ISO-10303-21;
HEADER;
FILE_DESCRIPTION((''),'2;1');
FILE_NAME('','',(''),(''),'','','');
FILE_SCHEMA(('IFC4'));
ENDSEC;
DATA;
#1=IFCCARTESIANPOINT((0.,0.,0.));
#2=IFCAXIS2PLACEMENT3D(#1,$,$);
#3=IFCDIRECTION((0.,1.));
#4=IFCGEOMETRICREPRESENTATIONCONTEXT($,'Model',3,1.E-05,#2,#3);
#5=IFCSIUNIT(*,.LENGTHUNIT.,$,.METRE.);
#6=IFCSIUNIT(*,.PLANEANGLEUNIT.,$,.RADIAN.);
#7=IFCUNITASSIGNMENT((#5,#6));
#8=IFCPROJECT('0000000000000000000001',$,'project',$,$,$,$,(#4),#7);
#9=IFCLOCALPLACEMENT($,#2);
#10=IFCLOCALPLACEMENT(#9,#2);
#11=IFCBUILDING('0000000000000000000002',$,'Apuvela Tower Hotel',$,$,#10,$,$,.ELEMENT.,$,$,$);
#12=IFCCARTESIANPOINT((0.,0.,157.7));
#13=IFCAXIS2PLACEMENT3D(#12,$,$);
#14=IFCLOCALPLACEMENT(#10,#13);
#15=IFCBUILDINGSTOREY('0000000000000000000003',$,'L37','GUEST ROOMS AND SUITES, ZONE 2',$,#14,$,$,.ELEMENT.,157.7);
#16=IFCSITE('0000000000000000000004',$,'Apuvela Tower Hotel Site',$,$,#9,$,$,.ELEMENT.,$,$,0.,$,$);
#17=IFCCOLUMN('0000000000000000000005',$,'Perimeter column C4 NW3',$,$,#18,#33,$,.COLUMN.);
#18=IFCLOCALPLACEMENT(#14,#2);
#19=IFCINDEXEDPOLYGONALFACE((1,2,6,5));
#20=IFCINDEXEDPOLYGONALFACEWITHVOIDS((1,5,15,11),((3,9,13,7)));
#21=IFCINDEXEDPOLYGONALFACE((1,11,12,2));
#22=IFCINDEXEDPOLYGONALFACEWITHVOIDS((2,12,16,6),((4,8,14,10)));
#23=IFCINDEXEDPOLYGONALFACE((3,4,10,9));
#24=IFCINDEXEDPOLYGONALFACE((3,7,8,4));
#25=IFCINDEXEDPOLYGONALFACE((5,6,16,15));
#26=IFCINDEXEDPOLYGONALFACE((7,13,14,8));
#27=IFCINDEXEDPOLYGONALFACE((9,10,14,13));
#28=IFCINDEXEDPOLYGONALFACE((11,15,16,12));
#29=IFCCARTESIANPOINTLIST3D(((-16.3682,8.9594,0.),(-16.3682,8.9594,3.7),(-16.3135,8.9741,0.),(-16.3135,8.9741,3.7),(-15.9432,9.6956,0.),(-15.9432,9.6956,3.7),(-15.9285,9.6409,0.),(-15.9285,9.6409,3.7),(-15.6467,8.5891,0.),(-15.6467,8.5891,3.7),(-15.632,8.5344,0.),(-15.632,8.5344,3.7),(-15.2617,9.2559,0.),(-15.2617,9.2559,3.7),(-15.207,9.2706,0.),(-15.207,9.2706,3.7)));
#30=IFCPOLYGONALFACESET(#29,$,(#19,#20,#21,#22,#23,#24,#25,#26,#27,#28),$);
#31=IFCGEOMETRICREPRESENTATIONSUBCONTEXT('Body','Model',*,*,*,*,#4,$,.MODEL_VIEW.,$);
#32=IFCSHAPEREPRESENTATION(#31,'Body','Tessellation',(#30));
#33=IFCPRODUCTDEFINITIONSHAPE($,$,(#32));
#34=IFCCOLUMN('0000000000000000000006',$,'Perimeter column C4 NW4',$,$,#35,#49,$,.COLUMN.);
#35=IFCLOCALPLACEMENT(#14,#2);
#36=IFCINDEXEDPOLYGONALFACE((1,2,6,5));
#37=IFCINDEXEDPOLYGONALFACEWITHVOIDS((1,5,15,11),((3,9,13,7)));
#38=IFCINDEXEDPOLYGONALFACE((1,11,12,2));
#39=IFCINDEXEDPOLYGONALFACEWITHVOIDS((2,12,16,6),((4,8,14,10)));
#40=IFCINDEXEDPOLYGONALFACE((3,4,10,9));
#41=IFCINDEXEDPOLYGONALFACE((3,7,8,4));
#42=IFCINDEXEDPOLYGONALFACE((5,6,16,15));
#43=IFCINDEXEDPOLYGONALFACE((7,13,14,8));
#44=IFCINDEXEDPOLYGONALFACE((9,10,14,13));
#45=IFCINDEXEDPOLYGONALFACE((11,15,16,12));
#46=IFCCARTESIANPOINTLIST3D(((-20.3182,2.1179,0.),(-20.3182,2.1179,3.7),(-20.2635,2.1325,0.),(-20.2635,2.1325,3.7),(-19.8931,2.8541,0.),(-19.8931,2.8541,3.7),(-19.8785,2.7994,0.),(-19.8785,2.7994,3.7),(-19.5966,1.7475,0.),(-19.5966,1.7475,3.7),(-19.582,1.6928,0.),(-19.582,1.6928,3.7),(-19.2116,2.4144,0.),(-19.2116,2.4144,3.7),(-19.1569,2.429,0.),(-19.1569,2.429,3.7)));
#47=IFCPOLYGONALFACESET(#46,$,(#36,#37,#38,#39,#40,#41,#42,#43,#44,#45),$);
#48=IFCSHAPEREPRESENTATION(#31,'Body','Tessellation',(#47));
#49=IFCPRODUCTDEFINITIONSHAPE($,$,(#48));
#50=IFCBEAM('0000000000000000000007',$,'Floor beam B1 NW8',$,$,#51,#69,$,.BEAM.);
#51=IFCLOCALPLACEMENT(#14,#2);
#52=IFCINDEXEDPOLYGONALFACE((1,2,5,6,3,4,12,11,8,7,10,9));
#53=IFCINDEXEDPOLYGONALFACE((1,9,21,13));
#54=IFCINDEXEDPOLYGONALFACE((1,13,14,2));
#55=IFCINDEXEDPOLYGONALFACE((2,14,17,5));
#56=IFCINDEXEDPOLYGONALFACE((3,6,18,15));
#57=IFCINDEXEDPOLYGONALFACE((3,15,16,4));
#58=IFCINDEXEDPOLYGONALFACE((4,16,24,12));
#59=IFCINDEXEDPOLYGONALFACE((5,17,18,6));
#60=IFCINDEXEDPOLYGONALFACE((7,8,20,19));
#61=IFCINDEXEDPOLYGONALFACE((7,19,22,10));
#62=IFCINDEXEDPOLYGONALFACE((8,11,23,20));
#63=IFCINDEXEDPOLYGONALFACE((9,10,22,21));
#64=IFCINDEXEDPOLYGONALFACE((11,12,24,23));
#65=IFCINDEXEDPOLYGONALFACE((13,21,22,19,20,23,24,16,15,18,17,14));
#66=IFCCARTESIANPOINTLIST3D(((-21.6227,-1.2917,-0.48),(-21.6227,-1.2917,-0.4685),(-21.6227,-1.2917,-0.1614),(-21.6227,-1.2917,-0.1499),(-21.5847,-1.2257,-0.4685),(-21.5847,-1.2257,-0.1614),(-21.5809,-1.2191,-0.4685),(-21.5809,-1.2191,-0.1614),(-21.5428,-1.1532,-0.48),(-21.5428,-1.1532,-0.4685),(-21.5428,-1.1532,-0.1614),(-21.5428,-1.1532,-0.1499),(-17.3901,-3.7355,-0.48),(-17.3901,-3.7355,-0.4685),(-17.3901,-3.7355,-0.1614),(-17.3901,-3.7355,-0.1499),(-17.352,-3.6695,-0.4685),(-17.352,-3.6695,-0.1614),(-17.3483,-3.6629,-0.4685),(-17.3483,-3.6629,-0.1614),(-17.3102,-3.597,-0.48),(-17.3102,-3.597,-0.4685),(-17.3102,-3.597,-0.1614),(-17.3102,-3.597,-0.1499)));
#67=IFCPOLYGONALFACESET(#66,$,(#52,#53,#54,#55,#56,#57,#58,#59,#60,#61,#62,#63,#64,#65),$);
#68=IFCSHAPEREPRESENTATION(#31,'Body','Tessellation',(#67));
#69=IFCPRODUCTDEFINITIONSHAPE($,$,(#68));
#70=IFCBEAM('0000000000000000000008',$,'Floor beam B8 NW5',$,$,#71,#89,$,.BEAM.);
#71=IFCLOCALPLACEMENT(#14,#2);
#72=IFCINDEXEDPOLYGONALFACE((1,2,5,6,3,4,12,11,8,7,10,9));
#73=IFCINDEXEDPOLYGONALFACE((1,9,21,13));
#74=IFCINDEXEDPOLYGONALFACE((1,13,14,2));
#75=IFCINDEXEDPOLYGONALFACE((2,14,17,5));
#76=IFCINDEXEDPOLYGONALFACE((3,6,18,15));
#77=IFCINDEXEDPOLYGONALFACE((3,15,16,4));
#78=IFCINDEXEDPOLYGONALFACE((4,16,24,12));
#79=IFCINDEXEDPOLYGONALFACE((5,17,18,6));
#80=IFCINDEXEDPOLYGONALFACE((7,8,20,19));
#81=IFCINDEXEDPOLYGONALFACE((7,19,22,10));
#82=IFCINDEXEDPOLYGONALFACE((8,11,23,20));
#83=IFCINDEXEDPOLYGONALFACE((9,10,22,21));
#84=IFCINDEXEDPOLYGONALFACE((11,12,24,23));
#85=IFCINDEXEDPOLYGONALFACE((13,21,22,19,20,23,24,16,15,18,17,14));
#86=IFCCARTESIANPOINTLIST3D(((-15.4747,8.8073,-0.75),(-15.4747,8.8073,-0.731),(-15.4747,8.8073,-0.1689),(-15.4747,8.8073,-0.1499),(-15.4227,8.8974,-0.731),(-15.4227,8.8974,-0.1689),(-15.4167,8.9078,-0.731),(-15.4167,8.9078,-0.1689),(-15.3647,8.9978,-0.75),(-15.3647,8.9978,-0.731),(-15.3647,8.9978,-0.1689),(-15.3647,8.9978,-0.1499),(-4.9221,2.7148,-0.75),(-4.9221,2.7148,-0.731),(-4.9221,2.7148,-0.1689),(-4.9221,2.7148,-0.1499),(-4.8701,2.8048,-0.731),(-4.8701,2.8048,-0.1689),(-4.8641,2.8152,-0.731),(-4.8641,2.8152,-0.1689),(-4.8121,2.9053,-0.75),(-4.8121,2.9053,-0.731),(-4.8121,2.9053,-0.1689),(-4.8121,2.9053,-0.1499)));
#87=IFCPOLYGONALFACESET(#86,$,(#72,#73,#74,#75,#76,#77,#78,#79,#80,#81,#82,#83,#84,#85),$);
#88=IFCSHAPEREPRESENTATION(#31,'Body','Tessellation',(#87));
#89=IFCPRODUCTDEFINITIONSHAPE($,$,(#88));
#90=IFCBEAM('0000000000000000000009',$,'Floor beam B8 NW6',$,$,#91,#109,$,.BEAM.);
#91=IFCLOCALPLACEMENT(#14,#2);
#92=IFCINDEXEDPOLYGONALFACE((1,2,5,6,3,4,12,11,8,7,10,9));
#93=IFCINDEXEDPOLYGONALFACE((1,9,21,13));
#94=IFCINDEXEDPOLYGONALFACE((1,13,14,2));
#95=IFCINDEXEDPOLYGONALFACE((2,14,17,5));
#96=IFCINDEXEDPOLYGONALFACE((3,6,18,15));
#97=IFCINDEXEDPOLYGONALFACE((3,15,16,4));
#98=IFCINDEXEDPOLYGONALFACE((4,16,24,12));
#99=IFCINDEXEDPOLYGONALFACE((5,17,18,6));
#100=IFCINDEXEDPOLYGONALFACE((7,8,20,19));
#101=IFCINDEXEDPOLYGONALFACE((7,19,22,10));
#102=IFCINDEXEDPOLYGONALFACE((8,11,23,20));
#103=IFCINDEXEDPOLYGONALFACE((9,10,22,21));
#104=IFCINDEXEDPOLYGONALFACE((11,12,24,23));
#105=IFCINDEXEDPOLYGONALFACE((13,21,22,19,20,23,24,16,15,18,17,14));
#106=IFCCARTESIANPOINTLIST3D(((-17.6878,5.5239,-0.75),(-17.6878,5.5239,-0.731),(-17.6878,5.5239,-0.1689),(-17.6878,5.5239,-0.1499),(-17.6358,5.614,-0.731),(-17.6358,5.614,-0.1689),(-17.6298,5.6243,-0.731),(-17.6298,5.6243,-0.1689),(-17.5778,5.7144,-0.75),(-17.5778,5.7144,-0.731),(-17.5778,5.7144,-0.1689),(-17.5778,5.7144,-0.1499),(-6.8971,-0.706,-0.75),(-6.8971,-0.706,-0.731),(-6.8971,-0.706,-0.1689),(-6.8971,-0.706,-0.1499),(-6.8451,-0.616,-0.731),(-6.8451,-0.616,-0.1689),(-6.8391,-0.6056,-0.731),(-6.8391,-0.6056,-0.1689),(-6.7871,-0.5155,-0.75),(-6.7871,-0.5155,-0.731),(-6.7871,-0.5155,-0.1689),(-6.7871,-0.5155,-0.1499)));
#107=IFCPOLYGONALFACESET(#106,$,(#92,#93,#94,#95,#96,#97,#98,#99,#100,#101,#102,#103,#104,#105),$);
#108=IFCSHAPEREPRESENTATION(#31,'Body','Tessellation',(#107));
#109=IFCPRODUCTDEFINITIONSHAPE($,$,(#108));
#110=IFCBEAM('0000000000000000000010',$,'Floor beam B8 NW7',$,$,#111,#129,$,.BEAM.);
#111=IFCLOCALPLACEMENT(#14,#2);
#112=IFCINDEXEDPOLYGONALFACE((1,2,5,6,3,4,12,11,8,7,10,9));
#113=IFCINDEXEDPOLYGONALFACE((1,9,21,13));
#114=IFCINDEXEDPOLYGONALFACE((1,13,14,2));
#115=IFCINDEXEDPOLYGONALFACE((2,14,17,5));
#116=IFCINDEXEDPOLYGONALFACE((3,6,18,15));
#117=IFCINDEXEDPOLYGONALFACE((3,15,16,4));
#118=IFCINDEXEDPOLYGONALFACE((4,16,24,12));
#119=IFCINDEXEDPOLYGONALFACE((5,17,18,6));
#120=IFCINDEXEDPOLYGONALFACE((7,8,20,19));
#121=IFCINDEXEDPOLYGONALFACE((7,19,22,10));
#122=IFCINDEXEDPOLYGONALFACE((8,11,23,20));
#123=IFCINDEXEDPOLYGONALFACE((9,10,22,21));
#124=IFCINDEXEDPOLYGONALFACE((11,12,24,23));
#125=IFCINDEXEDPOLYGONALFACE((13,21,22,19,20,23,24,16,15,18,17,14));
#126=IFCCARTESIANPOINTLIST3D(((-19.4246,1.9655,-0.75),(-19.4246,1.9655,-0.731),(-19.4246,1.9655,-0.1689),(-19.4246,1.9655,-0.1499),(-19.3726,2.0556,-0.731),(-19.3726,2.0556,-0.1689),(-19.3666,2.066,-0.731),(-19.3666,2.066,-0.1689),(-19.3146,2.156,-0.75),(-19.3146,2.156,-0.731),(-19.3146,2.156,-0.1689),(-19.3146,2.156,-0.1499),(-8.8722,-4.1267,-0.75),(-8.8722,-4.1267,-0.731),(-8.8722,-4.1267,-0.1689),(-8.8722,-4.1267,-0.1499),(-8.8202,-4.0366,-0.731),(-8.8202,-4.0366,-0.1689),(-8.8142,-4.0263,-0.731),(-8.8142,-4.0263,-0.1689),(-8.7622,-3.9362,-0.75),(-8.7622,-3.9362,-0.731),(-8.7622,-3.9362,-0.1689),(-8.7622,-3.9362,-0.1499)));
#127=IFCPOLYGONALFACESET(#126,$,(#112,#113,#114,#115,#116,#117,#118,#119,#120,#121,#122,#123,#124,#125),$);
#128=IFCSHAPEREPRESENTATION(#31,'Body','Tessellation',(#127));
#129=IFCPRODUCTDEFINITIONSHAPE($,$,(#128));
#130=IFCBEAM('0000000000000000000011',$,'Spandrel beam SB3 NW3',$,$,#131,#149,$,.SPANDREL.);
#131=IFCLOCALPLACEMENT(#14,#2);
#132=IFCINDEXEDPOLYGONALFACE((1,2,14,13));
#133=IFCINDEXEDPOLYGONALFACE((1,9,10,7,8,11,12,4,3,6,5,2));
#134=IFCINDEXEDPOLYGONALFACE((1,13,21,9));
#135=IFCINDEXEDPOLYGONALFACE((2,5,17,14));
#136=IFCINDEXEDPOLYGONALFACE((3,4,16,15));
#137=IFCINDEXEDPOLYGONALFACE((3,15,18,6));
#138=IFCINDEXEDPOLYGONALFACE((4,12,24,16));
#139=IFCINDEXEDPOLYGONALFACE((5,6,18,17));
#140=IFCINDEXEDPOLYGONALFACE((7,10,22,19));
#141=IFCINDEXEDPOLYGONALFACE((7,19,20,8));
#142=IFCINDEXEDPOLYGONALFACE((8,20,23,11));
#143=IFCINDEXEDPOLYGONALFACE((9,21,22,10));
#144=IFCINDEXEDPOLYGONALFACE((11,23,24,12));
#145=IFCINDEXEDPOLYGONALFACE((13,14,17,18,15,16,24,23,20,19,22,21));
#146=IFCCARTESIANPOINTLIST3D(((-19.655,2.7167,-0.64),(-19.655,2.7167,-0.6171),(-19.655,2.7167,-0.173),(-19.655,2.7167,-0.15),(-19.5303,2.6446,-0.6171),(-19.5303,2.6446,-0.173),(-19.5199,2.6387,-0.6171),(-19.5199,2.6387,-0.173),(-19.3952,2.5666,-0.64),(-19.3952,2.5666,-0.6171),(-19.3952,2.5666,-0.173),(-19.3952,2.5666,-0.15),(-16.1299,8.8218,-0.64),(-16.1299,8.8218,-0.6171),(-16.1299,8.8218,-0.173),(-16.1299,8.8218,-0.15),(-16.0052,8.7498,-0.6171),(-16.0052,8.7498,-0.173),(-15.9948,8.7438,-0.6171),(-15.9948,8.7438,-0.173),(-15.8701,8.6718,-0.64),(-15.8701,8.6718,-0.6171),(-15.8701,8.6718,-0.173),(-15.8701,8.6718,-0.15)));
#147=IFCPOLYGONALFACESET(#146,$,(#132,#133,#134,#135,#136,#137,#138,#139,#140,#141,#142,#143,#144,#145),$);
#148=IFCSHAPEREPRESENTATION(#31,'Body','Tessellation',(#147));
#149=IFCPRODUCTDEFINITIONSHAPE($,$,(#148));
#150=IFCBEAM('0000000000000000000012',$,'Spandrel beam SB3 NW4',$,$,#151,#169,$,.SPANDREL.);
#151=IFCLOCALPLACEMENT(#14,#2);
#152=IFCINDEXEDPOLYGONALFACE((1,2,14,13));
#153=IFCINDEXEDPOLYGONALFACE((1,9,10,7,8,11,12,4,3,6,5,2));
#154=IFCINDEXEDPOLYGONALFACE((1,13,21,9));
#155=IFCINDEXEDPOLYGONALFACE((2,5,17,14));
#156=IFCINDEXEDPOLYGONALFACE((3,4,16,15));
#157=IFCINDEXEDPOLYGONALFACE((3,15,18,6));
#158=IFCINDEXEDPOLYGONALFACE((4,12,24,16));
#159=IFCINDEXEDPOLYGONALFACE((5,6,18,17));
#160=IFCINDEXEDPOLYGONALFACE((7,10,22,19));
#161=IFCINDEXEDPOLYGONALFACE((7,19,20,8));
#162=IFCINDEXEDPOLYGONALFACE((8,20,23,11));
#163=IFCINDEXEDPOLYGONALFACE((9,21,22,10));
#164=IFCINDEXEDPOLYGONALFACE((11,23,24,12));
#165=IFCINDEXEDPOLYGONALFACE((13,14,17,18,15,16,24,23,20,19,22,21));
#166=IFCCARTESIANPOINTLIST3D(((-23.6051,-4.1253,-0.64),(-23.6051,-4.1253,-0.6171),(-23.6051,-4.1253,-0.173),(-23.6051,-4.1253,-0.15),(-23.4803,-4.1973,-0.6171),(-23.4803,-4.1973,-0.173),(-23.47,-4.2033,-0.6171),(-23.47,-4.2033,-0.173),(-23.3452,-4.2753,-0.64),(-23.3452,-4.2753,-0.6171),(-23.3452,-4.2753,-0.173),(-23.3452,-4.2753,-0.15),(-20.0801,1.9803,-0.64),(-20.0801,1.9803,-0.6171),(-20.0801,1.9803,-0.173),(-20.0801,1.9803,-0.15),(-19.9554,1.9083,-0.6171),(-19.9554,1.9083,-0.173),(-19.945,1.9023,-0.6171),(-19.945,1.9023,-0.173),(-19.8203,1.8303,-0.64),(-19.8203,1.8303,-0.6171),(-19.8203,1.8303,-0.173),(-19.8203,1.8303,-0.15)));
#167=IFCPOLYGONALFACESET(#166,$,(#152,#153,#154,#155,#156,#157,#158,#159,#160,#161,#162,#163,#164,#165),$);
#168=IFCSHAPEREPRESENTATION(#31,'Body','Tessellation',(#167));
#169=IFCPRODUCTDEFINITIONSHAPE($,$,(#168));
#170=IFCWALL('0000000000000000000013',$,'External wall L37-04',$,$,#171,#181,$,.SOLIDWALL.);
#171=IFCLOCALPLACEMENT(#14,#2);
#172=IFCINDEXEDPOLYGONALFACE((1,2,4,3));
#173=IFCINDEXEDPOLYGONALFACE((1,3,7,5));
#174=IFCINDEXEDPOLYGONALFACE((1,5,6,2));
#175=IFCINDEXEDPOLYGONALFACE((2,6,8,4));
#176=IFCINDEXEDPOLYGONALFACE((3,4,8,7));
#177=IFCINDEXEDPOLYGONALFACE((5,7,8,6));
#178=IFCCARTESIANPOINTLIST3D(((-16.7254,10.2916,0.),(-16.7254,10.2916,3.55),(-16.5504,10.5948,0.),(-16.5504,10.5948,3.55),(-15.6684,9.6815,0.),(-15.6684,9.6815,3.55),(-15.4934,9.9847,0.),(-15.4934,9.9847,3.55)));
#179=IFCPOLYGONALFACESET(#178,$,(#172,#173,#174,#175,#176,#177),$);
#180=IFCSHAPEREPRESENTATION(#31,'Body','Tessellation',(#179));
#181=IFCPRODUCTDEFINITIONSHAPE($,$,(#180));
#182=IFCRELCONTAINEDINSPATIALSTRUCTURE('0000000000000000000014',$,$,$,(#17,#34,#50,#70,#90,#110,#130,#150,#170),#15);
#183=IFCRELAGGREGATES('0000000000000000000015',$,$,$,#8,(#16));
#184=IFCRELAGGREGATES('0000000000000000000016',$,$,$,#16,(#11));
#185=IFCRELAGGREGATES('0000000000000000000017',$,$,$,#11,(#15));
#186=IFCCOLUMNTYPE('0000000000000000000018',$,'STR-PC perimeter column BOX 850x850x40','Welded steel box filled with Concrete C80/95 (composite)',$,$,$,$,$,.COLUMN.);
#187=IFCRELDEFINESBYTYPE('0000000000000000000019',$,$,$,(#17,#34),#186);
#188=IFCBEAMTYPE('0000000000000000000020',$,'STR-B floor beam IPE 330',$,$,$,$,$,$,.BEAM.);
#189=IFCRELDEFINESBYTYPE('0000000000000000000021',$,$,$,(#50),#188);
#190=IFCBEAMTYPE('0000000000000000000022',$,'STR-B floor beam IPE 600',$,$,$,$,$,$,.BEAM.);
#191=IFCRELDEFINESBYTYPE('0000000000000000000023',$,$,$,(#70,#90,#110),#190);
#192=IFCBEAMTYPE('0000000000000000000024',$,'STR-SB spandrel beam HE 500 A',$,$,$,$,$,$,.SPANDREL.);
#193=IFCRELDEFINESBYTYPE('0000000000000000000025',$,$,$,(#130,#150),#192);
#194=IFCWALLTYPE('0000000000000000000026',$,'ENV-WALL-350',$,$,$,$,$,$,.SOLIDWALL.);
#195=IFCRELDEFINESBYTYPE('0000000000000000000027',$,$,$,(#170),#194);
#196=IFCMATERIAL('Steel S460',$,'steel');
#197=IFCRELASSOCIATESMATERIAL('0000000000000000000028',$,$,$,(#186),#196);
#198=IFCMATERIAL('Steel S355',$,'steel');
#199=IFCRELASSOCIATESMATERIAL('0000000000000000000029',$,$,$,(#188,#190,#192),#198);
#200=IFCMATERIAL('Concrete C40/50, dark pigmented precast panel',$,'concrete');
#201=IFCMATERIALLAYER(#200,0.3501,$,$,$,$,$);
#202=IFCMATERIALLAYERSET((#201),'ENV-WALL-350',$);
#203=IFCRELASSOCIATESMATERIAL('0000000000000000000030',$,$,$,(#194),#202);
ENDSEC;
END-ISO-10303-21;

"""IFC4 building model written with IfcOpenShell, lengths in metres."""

from ifc_helpers import new_model, si_unit, direction, frame, frame_2d, origin, origin_2d, place, context, subcontext, project, spatial, rectangle, hollow_rectangle, i_section, extrude, material, layer, layer_set, material_profile, profile_set, type_object, element, save


model = new_model("IFC4")

# Units and contexts
model_context = context("Model", 3, precision=1e-05, world=origin(), true_north=direction((0.0, 1.0)))
body_context = subcontext(model_context, "Body", "Model", "MODEL_VIEW")
ifc_project = project(units=[si_unit("LENGTHUNIT", "METRE"), si_unit("PLANEANGLEUNIT", "RADIAN")], contexts=[model_context])

# Site, building, storey
site_placement = place(None, origin())
site = spatial("IfcSite", under=ifc_project, at=site_placement, Name="Apuvela Tower Hotel Site", CompositionType="ELEMENT", RefElevation=0.0)
building_placement = place(site_placement, origin())
building = spatial("IfcBuilding", under=site, at=building_placement, Name="Apuvela Tower Hotel", CompositionType="ELEMENT")
storey_placement = place(building_placement, frame((0.0, 0.0, 157.7)))
storey = spatial("IfcBuildingStorey", under=building, at=storey_placement, Name="L37", Description="GUEST ROOMS AND SUITES, ZONE 2", CompositionType="ELEMENT", Elevation=157.7)

# Columns
ifc_material_1 = material(Name="Steel S460", Category="steel")
ifc_material_profile_1 = material_profile(ifc_material_1, hollow_rectangle(XDim=0.8501, YDim=0.8501, WallThickness=0.04, at=origin_2d()), Name="BOX 850x850x40")
ifc_material_2 = material(Name="Concrete C80/95", Category="concrete")
ifc_material_profile_2 = material_profile(ifc_material_2, rectangle(XDim=0.77, YDim=0.77, at=origin_2d()), Name="Concrete C80/95 infill")
ifc_profile_set_1 = profile_set([ifc_material_profile_1, ifc_material_profile_2], Name="Steel S460")
column_type = type_object("IfcColumnType", Name="STR-PC perimeter column BOX 850x850x40", Description="Welded steel box filled with Concrete C80/95 (composite)", PredefinedType="COLUMN", material=ifc_profile_set_1)
for number, where, z_axis, x_axis, name in (
    (1, (-15.7876, 9.115, 0.0), (0.0, 0.0, 1.0), (0.5, 0.866025, 0.0), "Perimeter column C4 NW3"),
    (2, (-19.7375, 2.2734, 0.0), (0.0, 0.0, 1.0), (0.5, 0.866025, 0.0), "Perimeter column C4 NW4"),
):
    element("IfcColumn", number, at=place(storey_placement, frame(where, z_axis=z_axis, x_axis=x_axis)), inside=storey, type_object=column_type, Name=name, PredefinedType="COLUMN", context=body_context, shape_type="SweptSolid", body=[
        extrude(hollow_rectangle(XDim=0.8501, YDim=0.8501, WallThickness=0.04, at=origin_2d()), origin(), (0.0, 0.0, 1.0), 3.7),
    ])

# Beams
ifc_material_3 = material(Name="Steel S355", Category="steel")
ifc_material_profile_3 = material_profile(ifc_material_3, i_section(OverallWidth=0.1599, OverallDepth=0.3301, WebThickness=0.0076, FlangeThickness=0.0115, at=origin_2d()), Name="IPE 330")
ifc_profile_set_2 = profile_set([ifc_material_profile_3], Name="Steel S355")
beam_type_1 = type_object("IfcBeamType", Name="STR-B floor beam IPE 330", PredefinedType="BEAM", material=ifc_profile_set_2)
beam_1_placement = place(storey_placement, frame((-21.5828, -1.2224, -0.3149), z_axis=(0.866015, -0.500018, 0.0), x_axis=(0.500018, 0.866015, 0.0)))
element("IfcBeam", 3, at=beam_1_placement, inside=storey, type_object=beam_type_1, Name="Floor beam B1 NW8", PredefinedType="BEAM", context=body_context, shape_type="SweptSolid", body=[
    extrude(i_section(OverallWidth=0.1599, OverallDepth=0.3301, WebThickness=0.0076, FlangeThickness=0.0115, at=origin_2d()), origin(), (0.0, 0.0, 1.0), 4.8875),
])
ifc_material_profile_4 = material_profile(ifc_material_3, i_section(OverallWidth=0.22, OverallDepth=0.6001, WebThickness=0.012, FlangeThickness=0.019, at=origin_2d()), Name="IPE 600")
ifc_profile_set_3 = profile_set([ifc_material_profile_4], Name="Steel S355")
beam_type_2 = type_object("IfcBeamType", Name="STR-B floor beam IPE 600", PredefinedType="BEAM", material=ifc_profile_set_3)
beam_2_placement = place(storey_placement, frame((-15.4197, 8.9026, -0.45), z_axis=(0.866024, -0.500003, 0.0), x_axis=(0.500003, 0.866024, 0.0)))
element("IfcBeam", 4, at=beam_2_placement, inside=storey, type_object=beam_type_2, Name="Floor beam B8 NW5", PredefinedType="BEAM", context=body_context, shape_type="SweptSolid", body=[
    extrude(i_section(OverallWidth=0.22, OverallDepth=0.6001, WebThickness=0.012, FlangeThickness=0.019, at=origin_2d()), origin(), (0.0, 0.0, 1.0), 12.1851),
])
beam_3_placement = place(storey_placement, frame((-17.6328, 5.6191, -0.45), z_axis=(0.866028, -0.499996, 0.0), x_axis=(0.499996, 0.866028, 0.0)))
element("IfcBeam", 5, at=beam_3_placement, inside=storey, type_object=beam_type_2, Name="Floor beam B8 NW6", PredefinedType="BEAM", context=body_context, shape_type="SweptSolid", body=[
    extrude(i_section(OverallWidth=0.22, OverallDepth=0.6001, WebThickness=0.012, FlangeThickness=0.019, at=origin_2d()), origin(), (0.0, 0.0, 1.0), 12.46),
])
beam_4_placement = place(storey_placement, frame((-19.3696, 2.0608, -0.45), z_axis=(0.866032, -0.499988, 0.0), x_axis=(0.499988, 0.866032, 0.0)))
element("IfcBeam", 6, at=beam_4_placement, inside=storey, type_object=beam_type_2, Name="Floor beam B8 NW7", PredefinedType="BEAM", context=body_context, shape_type="SweptSolid", body=[
    extrude(i_section(OverallWidth=0.22, OverallDepth=0.6001, WebThickness=0.012, FlangeThickness=0.019, at=origin_2d()), origin(), (0.0, 0.0, 1.0), 12.1848),
])
ifc_material_profile_5 = material_profile(ifc_material_3, i_section(OverallWidth=0.3, OverallDepth=0.49, WebThickness=0.012, FlangeThickness=0.0229, at=origin_2d()), Name="HE 500 A")
ifc_profile_set_4 = profile_set([ifc_material_profile_5], Name="Steel S355")
beam_type_3 = type_object("IfcBeamType", Name="STR-SB spandrel beam HE 500 A", PredefinedType="SPANDREL", material=ifc_profile_set_4)
beam_5_placement = place(storey_placement, frame((-16.0, 8.7468, -0.395), z_axis=(-0.500031, -0.866007, 0.0), x_axis=(0.866007, -0.500031, 0.0)))
element("IfcBeam", 7, at=beam_5_placement, inside=storey, type_object=beam_type_3, Name="Spandrel beam SB3 NW3", PredefinedType="SPANDREL", context=body_context, shape_type="SweptSolid", body=[
    extrude(i_section(OverallWidth=0.3, OverallDepth=0.49, WebThickness=0.012, FlangeThickness=0.0229, at=origin_2d()), origin(), (0.0, 0.0, 1.0), 7.0498),
])
beam_6_placement = place(storey_placement, frame((-19.9502, 1.9053, -0.395), z_axis=(-0.49999, -0.866031, 0.0), x_axis=(0.866031, -0.49999, 0.0)))
element("IfcBeam", 8, at=beam_6_placement, inside=storey, type_object=beam_type_3, Name="Spandrel beam SB3 NW4", PredefinedType="SPANDREL", context=body_context, shape_type="SweptSolid", body=[
    extrude(i_section(OverallWidth=0.3, OverallDepth=0.49, WebThickness=0.012, FlangeThickness=0.0229, at=origin_2d()), origin(), (0.0, 0.0, 1.0), 7.05),
])

# Wall
ifc_material_4 = material(Name="Concrete C40/50, dark pigmented precast panel", Category="concrete")
ifc_layer_1 = layer(ifc_material_4, 0.3501)
ifc_layer_set_1 = layer_set([ifc_layer_1], Name="ENV-WALL-350")
wall_type_1 = type_object("IfcWallType", Name="ENV-WALL-350", PredefinedType="SOLIDWALL", material=ifc_layer_set_1)
wall_1_placement = place(storey_placement, frame((-15.5808, 9.833, 0.0), z_axis=(0.0, 0.0, 1.0), x_axis=(-0.866056, 0.499948, 0.0)))
element("IfcWall", 9, at=wall_1_placement, inside=storey, type_object=wall_type_1, Name="External wall L37-04", PredefinedType="SOLIDWALL", context=body_context, shape_type="SweptSolid", body=[
    extrude(rectangle(XDim=1.2205, YDim=0.3501, at=frame_2d((0.6104, 0.0))), origin(), (0.0, 0.0, 1.0), 3.55),
])

save(model, "model.ifc")
